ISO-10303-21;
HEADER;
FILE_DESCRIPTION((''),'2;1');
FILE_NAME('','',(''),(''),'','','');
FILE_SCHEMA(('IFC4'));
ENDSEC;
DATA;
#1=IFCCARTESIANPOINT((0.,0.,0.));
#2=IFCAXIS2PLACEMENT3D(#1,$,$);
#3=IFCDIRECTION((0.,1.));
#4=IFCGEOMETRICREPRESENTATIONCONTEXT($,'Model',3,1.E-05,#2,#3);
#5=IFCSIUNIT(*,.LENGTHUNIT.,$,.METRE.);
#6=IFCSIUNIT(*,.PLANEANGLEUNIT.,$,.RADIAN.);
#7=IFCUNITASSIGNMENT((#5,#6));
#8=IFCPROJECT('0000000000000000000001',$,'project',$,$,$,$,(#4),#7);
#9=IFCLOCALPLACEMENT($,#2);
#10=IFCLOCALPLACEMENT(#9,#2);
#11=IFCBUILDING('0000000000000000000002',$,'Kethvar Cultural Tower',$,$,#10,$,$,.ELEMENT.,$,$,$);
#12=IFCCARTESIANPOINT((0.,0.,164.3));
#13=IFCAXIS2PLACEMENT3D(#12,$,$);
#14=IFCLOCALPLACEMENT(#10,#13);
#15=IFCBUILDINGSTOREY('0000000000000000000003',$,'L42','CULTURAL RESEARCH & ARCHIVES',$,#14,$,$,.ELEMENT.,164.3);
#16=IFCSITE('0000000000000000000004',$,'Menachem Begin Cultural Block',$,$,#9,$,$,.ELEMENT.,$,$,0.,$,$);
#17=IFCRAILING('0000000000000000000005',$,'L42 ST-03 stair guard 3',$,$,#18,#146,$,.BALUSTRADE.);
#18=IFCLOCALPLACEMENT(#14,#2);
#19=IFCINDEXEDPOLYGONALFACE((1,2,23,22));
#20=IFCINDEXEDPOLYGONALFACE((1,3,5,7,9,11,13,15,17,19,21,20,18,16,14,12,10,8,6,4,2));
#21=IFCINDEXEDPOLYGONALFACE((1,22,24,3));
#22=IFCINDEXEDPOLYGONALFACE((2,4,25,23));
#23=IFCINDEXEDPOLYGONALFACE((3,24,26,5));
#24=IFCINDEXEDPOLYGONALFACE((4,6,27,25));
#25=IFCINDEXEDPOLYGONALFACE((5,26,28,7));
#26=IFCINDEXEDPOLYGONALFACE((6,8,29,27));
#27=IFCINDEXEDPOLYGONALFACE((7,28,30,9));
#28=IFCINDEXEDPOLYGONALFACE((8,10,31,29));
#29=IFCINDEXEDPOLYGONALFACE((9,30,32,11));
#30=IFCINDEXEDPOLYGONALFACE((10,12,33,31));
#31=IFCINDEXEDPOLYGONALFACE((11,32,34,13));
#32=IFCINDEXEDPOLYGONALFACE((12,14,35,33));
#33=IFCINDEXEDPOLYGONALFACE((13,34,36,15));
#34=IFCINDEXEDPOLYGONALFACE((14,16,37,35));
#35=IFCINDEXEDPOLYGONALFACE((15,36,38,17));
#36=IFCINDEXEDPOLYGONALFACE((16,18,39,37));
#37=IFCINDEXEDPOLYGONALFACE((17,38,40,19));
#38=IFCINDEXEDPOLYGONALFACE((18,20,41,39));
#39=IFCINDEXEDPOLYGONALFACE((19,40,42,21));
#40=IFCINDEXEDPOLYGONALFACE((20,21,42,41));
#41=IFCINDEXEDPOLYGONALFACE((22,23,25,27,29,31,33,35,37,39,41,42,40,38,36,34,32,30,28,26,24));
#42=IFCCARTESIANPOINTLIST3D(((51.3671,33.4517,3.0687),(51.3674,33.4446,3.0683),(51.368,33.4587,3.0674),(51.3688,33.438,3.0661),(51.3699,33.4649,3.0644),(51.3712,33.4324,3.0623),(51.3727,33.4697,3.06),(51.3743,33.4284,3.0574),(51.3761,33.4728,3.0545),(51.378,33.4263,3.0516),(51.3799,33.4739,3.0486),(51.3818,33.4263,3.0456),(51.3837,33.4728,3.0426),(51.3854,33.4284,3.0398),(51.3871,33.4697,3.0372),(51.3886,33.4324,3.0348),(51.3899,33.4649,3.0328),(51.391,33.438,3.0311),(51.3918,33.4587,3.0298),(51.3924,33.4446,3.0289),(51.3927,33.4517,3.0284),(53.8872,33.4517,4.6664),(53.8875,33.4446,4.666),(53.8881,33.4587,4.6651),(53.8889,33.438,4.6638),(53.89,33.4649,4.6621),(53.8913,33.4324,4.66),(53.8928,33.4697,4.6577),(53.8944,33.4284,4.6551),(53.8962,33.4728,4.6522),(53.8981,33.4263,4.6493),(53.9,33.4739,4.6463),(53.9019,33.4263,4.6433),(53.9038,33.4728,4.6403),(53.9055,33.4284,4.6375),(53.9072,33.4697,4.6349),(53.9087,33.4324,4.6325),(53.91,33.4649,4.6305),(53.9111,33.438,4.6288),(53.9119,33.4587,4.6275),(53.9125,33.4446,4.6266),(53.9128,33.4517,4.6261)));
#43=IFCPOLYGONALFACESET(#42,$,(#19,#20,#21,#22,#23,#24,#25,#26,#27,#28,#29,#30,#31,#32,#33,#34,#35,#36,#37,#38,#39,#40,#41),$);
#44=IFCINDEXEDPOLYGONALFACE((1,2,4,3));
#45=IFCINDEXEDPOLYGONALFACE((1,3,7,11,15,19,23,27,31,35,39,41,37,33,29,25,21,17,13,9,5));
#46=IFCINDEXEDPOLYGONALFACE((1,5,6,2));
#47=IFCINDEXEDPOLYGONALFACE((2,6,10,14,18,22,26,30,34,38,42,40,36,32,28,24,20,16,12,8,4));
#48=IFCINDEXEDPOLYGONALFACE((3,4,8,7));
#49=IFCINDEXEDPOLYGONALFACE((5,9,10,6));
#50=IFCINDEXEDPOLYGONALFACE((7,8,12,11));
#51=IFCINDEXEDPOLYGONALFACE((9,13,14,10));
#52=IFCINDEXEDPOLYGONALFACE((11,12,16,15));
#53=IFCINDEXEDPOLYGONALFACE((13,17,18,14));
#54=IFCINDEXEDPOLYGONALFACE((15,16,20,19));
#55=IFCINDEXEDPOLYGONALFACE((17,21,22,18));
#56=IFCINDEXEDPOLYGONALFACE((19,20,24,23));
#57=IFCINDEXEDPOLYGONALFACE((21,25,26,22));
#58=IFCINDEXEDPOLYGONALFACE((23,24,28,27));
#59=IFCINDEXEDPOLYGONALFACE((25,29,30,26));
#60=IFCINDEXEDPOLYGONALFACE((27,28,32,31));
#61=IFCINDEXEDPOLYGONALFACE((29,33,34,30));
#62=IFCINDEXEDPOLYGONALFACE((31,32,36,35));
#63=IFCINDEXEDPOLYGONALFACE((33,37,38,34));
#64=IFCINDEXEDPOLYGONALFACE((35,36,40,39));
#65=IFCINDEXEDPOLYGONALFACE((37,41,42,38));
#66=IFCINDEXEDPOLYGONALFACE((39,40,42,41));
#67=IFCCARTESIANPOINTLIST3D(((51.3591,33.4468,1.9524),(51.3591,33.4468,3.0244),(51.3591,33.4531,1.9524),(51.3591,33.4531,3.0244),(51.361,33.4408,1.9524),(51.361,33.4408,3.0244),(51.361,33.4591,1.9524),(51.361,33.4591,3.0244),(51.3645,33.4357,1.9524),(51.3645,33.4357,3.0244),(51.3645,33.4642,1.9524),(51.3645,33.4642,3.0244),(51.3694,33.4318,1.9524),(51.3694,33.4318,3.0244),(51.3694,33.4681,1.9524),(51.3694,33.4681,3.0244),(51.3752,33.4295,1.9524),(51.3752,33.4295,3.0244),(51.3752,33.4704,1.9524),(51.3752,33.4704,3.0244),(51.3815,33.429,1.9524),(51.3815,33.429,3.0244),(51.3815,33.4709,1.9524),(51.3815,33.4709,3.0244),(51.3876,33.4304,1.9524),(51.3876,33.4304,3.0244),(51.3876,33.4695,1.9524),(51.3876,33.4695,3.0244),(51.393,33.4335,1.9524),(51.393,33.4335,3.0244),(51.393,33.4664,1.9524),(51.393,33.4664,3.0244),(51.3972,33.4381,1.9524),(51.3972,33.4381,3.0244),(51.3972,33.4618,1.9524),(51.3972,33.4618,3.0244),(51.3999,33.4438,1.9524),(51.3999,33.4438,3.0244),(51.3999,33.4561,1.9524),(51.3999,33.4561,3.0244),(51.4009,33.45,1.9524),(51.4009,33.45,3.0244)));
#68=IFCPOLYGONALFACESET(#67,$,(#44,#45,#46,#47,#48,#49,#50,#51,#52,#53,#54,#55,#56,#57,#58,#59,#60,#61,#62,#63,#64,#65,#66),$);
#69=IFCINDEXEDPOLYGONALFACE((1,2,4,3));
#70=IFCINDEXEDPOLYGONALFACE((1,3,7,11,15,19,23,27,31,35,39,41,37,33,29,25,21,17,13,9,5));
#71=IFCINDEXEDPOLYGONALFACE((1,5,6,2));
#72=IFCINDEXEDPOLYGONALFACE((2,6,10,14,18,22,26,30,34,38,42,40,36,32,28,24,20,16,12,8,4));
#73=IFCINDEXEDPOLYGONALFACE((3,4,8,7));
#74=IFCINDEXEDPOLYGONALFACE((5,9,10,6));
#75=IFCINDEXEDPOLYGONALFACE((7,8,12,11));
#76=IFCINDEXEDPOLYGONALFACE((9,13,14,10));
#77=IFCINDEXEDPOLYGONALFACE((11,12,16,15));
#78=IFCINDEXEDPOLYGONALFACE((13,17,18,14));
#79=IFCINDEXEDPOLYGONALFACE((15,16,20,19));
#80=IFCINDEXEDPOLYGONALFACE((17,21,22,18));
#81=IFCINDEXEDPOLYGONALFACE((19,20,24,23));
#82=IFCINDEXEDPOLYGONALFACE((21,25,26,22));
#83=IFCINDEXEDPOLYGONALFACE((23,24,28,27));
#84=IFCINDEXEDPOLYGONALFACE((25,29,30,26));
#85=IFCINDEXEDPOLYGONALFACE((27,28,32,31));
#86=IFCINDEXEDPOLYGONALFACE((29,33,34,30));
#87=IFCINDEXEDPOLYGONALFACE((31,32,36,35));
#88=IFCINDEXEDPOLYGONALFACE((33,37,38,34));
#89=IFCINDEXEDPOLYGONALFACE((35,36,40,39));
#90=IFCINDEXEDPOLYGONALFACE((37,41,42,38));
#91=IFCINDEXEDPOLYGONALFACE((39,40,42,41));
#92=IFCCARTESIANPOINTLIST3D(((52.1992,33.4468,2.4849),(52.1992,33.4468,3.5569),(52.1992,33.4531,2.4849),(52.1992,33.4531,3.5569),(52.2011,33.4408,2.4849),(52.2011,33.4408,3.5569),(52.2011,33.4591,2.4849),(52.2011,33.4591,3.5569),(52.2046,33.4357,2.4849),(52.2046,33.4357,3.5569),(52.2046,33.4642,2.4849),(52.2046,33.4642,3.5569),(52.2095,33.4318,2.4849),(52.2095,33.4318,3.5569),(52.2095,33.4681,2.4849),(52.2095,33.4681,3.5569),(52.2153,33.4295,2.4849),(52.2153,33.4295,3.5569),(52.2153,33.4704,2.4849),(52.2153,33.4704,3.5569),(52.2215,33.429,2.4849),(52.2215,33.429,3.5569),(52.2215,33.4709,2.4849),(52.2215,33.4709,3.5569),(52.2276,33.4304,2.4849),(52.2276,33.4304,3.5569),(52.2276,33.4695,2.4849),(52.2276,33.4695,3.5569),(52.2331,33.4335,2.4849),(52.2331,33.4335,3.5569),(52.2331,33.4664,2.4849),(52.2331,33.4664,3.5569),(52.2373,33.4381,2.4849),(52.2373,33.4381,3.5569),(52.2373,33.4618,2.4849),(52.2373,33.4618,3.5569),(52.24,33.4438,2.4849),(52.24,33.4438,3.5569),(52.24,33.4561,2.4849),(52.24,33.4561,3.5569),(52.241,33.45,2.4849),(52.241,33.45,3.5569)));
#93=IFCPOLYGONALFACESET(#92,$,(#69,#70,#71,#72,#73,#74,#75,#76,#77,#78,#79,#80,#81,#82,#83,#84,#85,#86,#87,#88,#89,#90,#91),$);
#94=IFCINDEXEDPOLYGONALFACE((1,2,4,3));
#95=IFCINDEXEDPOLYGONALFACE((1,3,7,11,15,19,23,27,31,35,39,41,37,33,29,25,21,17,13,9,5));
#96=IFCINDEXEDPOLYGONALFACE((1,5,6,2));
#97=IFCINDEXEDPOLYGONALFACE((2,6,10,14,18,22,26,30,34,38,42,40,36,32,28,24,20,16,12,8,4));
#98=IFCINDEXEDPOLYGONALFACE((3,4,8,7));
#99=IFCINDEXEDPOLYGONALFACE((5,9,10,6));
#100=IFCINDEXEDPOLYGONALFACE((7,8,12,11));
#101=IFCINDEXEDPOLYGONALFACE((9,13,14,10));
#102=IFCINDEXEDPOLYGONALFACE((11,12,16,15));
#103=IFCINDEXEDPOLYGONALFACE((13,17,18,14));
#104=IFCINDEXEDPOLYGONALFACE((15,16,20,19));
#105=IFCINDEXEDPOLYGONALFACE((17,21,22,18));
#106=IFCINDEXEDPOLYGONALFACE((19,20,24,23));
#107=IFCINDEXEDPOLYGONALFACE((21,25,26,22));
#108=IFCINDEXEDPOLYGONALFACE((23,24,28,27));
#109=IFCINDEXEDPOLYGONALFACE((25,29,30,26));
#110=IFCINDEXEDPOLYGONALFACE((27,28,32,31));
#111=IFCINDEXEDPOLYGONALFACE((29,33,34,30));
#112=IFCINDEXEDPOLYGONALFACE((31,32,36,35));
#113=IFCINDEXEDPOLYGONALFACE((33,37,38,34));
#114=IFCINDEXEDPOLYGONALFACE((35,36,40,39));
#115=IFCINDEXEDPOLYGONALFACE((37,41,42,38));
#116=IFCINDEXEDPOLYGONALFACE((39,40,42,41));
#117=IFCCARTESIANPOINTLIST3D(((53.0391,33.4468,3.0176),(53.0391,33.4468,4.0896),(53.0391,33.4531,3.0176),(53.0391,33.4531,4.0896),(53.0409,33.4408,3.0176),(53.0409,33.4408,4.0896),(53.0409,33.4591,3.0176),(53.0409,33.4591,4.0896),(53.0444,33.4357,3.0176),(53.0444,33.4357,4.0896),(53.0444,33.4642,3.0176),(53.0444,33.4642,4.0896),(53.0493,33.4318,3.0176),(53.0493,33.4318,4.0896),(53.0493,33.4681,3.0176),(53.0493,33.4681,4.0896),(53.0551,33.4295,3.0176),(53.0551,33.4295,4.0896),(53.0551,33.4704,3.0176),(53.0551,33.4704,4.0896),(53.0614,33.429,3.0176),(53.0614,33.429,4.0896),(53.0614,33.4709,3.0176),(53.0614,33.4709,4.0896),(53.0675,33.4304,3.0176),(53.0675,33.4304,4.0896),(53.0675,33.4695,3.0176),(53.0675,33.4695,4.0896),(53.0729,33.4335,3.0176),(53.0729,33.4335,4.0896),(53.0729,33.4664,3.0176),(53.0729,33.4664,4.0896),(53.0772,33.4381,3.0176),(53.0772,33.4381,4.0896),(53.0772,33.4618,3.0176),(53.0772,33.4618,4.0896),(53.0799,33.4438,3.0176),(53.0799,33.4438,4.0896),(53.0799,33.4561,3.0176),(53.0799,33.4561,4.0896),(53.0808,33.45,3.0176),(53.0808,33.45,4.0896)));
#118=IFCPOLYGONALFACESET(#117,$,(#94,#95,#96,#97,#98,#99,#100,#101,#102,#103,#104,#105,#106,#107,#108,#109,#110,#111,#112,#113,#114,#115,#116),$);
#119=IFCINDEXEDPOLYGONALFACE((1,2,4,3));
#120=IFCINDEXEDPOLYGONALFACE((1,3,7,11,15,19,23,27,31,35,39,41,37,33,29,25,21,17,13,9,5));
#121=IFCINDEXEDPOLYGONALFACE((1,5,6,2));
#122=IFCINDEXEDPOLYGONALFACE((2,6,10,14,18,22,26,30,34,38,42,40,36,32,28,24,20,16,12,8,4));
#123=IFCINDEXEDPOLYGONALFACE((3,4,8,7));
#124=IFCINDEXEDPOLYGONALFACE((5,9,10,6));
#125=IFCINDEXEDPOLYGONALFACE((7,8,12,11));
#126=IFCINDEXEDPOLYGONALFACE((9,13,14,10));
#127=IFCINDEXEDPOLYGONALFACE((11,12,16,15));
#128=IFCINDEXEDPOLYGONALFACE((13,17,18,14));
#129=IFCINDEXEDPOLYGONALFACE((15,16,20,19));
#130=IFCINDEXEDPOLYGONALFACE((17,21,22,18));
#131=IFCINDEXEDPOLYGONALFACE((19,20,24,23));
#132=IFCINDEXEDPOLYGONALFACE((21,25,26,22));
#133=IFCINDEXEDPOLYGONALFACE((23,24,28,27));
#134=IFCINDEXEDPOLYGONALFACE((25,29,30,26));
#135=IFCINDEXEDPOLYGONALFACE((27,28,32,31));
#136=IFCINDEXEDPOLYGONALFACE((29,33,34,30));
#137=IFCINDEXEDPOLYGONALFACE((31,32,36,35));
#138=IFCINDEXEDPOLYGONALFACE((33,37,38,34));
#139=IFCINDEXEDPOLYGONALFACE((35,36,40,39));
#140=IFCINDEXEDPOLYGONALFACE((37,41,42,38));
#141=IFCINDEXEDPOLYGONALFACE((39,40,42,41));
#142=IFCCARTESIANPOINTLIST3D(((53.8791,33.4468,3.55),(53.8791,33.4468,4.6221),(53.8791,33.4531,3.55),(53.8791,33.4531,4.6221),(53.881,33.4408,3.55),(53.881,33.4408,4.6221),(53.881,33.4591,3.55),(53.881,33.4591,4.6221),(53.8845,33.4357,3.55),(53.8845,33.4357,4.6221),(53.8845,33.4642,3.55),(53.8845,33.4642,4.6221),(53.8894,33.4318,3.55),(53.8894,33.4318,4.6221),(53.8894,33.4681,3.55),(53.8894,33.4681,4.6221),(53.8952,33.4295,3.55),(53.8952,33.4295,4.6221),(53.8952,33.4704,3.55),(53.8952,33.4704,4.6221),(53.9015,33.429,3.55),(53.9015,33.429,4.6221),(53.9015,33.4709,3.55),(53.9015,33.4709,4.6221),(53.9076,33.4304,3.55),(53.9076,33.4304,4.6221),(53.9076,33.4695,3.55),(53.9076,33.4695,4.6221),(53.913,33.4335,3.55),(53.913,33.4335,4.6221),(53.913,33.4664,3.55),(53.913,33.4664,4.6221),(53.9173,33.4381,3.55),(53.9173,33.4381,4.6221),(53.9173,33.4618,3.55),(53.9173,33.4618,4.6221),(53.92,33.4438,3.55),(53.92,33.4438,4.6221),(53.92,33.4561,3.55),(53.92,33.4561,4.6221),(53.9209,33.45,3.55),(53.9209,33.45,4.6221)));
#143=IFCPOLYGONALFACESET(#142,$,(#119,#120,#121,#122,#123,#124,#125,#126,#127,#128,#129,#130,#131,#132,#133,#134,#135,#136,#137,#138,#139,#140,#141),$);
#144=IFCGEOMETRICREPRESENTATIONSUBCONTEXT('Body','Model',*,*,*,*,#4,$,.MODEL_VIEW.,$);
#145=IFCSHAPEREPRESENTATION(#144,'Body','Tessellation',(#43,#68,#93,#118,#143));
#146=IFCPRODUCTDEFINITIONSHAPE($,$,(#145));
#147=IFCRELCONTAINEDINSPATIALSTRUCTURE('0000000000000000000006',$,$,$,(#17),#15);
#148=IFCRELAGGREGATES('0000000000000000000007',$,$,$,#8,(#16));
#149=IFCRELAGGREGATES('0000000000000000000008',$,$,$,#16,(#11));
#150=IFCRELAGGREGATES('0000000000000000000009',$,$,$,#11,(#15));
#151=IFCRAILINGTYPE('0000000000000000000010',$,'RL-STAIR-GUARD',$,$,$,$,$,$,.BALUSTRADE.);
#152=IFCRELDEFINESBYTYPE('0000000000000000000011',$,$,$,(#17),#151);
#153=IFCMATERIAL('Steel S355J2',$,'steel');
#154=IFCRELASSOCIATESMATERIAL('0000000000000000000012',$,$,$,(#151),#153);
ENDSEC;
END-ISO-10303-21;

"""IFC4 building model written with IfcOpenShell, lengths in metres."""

from ifc_helpers import new_model, si_unit, direction, frame, origin, origin_2d, place, context, subcontext, project, spatial, circle, extrude, material, type_object, element, save


model = new_model("IFC4")

# Units and contexts
model_context = context("Model", 3, precision=1e-05, world=origin(), true_north=direction((0.0, 1.0)))
body_context = subcontext(model_context, "Body", "Model", "MODEL_VIEW")
ifc_project = project(units=[si_unit("LENGTHUNIT", "METRE"), si_unit("PLANEANGLEUNIT", "RADIAN")], contexts=[model_context])

# Site, building, storey
site_placement = place(None, origin())
site = spatial("IfcSite", under=ifc_project, at=site_placement, Name="Menachem Begin Cultural Block", CompositionType="ELEMENT", RefElevation=0.0)
building_placement = place(site_placement, origin())
building = spatial("IfcBuilding", under=site, at=building_placement, Name="Kethvar Cultural Tower", CompositionType="ELEMENT")
storey_placement = place(building_placement, frame((0.0, 0.0, 164.3)))
storey = spatial("IfcBuildingStorey", under=building, at=storey_placement, Name="L42", Description="CULTURAL RESEARCH & ARCHIVES", CompositionType="ELEMENT", Elevation=164.3)

# Shared definitions
ifc_material_1 = material(Name="Steel S355J2", Category="steel")

# Railing
railing_type_1 = type_object("IfcRailingType", Name="RL-STAIR-GUARD", PredefinedType="BALUSTRADE", material=ifc_material_1)
railing_1_placement = place(storey_placement, frame((51.3799, 33.45, 1.9524)))
element("IfcRailing", 1, at=railing_1_placement, inside=storey, type_object=railing_type_1, Name="L42 ST-03 stair guard 3", PredefinedType="BALUSTRADE", context=body_context, shape_type="SweptSolid", body=[
    extrude(circle(Radius=0.0239, at=origin_2d()), frame((0.0, 0.0, 1.0962), z_axis=(0.84457, 0.0, 0.535445), x_axis=(0.0, 1.0, 0.0)), (0.0, 0.0, 1.0), 2.9839),
    extrude(circle(Radius=0.021, at=origin_2d()), origin(), (0.0, 0.0, 1.0), 1.072),
    extrude(circle(Radius=0.021, at=origin_2d()), frame((0.8401, 0.0, 0.5325)), (0.0, 0.0, 1.0), 1.072),
    extrude(circle(Radius=0.021, at=origin_2d()), frame((1.6799, 0.0, 1.0652)), (0.0, 0.0, 1.0), 1.072),
    extrude(circle(Radius=0.021, at=origin_2d()), frame((2.52, 0.0, 1.5977)), (0.0, 0.0, 1.0), 1.072),
])

save(model, "model.ifc")
